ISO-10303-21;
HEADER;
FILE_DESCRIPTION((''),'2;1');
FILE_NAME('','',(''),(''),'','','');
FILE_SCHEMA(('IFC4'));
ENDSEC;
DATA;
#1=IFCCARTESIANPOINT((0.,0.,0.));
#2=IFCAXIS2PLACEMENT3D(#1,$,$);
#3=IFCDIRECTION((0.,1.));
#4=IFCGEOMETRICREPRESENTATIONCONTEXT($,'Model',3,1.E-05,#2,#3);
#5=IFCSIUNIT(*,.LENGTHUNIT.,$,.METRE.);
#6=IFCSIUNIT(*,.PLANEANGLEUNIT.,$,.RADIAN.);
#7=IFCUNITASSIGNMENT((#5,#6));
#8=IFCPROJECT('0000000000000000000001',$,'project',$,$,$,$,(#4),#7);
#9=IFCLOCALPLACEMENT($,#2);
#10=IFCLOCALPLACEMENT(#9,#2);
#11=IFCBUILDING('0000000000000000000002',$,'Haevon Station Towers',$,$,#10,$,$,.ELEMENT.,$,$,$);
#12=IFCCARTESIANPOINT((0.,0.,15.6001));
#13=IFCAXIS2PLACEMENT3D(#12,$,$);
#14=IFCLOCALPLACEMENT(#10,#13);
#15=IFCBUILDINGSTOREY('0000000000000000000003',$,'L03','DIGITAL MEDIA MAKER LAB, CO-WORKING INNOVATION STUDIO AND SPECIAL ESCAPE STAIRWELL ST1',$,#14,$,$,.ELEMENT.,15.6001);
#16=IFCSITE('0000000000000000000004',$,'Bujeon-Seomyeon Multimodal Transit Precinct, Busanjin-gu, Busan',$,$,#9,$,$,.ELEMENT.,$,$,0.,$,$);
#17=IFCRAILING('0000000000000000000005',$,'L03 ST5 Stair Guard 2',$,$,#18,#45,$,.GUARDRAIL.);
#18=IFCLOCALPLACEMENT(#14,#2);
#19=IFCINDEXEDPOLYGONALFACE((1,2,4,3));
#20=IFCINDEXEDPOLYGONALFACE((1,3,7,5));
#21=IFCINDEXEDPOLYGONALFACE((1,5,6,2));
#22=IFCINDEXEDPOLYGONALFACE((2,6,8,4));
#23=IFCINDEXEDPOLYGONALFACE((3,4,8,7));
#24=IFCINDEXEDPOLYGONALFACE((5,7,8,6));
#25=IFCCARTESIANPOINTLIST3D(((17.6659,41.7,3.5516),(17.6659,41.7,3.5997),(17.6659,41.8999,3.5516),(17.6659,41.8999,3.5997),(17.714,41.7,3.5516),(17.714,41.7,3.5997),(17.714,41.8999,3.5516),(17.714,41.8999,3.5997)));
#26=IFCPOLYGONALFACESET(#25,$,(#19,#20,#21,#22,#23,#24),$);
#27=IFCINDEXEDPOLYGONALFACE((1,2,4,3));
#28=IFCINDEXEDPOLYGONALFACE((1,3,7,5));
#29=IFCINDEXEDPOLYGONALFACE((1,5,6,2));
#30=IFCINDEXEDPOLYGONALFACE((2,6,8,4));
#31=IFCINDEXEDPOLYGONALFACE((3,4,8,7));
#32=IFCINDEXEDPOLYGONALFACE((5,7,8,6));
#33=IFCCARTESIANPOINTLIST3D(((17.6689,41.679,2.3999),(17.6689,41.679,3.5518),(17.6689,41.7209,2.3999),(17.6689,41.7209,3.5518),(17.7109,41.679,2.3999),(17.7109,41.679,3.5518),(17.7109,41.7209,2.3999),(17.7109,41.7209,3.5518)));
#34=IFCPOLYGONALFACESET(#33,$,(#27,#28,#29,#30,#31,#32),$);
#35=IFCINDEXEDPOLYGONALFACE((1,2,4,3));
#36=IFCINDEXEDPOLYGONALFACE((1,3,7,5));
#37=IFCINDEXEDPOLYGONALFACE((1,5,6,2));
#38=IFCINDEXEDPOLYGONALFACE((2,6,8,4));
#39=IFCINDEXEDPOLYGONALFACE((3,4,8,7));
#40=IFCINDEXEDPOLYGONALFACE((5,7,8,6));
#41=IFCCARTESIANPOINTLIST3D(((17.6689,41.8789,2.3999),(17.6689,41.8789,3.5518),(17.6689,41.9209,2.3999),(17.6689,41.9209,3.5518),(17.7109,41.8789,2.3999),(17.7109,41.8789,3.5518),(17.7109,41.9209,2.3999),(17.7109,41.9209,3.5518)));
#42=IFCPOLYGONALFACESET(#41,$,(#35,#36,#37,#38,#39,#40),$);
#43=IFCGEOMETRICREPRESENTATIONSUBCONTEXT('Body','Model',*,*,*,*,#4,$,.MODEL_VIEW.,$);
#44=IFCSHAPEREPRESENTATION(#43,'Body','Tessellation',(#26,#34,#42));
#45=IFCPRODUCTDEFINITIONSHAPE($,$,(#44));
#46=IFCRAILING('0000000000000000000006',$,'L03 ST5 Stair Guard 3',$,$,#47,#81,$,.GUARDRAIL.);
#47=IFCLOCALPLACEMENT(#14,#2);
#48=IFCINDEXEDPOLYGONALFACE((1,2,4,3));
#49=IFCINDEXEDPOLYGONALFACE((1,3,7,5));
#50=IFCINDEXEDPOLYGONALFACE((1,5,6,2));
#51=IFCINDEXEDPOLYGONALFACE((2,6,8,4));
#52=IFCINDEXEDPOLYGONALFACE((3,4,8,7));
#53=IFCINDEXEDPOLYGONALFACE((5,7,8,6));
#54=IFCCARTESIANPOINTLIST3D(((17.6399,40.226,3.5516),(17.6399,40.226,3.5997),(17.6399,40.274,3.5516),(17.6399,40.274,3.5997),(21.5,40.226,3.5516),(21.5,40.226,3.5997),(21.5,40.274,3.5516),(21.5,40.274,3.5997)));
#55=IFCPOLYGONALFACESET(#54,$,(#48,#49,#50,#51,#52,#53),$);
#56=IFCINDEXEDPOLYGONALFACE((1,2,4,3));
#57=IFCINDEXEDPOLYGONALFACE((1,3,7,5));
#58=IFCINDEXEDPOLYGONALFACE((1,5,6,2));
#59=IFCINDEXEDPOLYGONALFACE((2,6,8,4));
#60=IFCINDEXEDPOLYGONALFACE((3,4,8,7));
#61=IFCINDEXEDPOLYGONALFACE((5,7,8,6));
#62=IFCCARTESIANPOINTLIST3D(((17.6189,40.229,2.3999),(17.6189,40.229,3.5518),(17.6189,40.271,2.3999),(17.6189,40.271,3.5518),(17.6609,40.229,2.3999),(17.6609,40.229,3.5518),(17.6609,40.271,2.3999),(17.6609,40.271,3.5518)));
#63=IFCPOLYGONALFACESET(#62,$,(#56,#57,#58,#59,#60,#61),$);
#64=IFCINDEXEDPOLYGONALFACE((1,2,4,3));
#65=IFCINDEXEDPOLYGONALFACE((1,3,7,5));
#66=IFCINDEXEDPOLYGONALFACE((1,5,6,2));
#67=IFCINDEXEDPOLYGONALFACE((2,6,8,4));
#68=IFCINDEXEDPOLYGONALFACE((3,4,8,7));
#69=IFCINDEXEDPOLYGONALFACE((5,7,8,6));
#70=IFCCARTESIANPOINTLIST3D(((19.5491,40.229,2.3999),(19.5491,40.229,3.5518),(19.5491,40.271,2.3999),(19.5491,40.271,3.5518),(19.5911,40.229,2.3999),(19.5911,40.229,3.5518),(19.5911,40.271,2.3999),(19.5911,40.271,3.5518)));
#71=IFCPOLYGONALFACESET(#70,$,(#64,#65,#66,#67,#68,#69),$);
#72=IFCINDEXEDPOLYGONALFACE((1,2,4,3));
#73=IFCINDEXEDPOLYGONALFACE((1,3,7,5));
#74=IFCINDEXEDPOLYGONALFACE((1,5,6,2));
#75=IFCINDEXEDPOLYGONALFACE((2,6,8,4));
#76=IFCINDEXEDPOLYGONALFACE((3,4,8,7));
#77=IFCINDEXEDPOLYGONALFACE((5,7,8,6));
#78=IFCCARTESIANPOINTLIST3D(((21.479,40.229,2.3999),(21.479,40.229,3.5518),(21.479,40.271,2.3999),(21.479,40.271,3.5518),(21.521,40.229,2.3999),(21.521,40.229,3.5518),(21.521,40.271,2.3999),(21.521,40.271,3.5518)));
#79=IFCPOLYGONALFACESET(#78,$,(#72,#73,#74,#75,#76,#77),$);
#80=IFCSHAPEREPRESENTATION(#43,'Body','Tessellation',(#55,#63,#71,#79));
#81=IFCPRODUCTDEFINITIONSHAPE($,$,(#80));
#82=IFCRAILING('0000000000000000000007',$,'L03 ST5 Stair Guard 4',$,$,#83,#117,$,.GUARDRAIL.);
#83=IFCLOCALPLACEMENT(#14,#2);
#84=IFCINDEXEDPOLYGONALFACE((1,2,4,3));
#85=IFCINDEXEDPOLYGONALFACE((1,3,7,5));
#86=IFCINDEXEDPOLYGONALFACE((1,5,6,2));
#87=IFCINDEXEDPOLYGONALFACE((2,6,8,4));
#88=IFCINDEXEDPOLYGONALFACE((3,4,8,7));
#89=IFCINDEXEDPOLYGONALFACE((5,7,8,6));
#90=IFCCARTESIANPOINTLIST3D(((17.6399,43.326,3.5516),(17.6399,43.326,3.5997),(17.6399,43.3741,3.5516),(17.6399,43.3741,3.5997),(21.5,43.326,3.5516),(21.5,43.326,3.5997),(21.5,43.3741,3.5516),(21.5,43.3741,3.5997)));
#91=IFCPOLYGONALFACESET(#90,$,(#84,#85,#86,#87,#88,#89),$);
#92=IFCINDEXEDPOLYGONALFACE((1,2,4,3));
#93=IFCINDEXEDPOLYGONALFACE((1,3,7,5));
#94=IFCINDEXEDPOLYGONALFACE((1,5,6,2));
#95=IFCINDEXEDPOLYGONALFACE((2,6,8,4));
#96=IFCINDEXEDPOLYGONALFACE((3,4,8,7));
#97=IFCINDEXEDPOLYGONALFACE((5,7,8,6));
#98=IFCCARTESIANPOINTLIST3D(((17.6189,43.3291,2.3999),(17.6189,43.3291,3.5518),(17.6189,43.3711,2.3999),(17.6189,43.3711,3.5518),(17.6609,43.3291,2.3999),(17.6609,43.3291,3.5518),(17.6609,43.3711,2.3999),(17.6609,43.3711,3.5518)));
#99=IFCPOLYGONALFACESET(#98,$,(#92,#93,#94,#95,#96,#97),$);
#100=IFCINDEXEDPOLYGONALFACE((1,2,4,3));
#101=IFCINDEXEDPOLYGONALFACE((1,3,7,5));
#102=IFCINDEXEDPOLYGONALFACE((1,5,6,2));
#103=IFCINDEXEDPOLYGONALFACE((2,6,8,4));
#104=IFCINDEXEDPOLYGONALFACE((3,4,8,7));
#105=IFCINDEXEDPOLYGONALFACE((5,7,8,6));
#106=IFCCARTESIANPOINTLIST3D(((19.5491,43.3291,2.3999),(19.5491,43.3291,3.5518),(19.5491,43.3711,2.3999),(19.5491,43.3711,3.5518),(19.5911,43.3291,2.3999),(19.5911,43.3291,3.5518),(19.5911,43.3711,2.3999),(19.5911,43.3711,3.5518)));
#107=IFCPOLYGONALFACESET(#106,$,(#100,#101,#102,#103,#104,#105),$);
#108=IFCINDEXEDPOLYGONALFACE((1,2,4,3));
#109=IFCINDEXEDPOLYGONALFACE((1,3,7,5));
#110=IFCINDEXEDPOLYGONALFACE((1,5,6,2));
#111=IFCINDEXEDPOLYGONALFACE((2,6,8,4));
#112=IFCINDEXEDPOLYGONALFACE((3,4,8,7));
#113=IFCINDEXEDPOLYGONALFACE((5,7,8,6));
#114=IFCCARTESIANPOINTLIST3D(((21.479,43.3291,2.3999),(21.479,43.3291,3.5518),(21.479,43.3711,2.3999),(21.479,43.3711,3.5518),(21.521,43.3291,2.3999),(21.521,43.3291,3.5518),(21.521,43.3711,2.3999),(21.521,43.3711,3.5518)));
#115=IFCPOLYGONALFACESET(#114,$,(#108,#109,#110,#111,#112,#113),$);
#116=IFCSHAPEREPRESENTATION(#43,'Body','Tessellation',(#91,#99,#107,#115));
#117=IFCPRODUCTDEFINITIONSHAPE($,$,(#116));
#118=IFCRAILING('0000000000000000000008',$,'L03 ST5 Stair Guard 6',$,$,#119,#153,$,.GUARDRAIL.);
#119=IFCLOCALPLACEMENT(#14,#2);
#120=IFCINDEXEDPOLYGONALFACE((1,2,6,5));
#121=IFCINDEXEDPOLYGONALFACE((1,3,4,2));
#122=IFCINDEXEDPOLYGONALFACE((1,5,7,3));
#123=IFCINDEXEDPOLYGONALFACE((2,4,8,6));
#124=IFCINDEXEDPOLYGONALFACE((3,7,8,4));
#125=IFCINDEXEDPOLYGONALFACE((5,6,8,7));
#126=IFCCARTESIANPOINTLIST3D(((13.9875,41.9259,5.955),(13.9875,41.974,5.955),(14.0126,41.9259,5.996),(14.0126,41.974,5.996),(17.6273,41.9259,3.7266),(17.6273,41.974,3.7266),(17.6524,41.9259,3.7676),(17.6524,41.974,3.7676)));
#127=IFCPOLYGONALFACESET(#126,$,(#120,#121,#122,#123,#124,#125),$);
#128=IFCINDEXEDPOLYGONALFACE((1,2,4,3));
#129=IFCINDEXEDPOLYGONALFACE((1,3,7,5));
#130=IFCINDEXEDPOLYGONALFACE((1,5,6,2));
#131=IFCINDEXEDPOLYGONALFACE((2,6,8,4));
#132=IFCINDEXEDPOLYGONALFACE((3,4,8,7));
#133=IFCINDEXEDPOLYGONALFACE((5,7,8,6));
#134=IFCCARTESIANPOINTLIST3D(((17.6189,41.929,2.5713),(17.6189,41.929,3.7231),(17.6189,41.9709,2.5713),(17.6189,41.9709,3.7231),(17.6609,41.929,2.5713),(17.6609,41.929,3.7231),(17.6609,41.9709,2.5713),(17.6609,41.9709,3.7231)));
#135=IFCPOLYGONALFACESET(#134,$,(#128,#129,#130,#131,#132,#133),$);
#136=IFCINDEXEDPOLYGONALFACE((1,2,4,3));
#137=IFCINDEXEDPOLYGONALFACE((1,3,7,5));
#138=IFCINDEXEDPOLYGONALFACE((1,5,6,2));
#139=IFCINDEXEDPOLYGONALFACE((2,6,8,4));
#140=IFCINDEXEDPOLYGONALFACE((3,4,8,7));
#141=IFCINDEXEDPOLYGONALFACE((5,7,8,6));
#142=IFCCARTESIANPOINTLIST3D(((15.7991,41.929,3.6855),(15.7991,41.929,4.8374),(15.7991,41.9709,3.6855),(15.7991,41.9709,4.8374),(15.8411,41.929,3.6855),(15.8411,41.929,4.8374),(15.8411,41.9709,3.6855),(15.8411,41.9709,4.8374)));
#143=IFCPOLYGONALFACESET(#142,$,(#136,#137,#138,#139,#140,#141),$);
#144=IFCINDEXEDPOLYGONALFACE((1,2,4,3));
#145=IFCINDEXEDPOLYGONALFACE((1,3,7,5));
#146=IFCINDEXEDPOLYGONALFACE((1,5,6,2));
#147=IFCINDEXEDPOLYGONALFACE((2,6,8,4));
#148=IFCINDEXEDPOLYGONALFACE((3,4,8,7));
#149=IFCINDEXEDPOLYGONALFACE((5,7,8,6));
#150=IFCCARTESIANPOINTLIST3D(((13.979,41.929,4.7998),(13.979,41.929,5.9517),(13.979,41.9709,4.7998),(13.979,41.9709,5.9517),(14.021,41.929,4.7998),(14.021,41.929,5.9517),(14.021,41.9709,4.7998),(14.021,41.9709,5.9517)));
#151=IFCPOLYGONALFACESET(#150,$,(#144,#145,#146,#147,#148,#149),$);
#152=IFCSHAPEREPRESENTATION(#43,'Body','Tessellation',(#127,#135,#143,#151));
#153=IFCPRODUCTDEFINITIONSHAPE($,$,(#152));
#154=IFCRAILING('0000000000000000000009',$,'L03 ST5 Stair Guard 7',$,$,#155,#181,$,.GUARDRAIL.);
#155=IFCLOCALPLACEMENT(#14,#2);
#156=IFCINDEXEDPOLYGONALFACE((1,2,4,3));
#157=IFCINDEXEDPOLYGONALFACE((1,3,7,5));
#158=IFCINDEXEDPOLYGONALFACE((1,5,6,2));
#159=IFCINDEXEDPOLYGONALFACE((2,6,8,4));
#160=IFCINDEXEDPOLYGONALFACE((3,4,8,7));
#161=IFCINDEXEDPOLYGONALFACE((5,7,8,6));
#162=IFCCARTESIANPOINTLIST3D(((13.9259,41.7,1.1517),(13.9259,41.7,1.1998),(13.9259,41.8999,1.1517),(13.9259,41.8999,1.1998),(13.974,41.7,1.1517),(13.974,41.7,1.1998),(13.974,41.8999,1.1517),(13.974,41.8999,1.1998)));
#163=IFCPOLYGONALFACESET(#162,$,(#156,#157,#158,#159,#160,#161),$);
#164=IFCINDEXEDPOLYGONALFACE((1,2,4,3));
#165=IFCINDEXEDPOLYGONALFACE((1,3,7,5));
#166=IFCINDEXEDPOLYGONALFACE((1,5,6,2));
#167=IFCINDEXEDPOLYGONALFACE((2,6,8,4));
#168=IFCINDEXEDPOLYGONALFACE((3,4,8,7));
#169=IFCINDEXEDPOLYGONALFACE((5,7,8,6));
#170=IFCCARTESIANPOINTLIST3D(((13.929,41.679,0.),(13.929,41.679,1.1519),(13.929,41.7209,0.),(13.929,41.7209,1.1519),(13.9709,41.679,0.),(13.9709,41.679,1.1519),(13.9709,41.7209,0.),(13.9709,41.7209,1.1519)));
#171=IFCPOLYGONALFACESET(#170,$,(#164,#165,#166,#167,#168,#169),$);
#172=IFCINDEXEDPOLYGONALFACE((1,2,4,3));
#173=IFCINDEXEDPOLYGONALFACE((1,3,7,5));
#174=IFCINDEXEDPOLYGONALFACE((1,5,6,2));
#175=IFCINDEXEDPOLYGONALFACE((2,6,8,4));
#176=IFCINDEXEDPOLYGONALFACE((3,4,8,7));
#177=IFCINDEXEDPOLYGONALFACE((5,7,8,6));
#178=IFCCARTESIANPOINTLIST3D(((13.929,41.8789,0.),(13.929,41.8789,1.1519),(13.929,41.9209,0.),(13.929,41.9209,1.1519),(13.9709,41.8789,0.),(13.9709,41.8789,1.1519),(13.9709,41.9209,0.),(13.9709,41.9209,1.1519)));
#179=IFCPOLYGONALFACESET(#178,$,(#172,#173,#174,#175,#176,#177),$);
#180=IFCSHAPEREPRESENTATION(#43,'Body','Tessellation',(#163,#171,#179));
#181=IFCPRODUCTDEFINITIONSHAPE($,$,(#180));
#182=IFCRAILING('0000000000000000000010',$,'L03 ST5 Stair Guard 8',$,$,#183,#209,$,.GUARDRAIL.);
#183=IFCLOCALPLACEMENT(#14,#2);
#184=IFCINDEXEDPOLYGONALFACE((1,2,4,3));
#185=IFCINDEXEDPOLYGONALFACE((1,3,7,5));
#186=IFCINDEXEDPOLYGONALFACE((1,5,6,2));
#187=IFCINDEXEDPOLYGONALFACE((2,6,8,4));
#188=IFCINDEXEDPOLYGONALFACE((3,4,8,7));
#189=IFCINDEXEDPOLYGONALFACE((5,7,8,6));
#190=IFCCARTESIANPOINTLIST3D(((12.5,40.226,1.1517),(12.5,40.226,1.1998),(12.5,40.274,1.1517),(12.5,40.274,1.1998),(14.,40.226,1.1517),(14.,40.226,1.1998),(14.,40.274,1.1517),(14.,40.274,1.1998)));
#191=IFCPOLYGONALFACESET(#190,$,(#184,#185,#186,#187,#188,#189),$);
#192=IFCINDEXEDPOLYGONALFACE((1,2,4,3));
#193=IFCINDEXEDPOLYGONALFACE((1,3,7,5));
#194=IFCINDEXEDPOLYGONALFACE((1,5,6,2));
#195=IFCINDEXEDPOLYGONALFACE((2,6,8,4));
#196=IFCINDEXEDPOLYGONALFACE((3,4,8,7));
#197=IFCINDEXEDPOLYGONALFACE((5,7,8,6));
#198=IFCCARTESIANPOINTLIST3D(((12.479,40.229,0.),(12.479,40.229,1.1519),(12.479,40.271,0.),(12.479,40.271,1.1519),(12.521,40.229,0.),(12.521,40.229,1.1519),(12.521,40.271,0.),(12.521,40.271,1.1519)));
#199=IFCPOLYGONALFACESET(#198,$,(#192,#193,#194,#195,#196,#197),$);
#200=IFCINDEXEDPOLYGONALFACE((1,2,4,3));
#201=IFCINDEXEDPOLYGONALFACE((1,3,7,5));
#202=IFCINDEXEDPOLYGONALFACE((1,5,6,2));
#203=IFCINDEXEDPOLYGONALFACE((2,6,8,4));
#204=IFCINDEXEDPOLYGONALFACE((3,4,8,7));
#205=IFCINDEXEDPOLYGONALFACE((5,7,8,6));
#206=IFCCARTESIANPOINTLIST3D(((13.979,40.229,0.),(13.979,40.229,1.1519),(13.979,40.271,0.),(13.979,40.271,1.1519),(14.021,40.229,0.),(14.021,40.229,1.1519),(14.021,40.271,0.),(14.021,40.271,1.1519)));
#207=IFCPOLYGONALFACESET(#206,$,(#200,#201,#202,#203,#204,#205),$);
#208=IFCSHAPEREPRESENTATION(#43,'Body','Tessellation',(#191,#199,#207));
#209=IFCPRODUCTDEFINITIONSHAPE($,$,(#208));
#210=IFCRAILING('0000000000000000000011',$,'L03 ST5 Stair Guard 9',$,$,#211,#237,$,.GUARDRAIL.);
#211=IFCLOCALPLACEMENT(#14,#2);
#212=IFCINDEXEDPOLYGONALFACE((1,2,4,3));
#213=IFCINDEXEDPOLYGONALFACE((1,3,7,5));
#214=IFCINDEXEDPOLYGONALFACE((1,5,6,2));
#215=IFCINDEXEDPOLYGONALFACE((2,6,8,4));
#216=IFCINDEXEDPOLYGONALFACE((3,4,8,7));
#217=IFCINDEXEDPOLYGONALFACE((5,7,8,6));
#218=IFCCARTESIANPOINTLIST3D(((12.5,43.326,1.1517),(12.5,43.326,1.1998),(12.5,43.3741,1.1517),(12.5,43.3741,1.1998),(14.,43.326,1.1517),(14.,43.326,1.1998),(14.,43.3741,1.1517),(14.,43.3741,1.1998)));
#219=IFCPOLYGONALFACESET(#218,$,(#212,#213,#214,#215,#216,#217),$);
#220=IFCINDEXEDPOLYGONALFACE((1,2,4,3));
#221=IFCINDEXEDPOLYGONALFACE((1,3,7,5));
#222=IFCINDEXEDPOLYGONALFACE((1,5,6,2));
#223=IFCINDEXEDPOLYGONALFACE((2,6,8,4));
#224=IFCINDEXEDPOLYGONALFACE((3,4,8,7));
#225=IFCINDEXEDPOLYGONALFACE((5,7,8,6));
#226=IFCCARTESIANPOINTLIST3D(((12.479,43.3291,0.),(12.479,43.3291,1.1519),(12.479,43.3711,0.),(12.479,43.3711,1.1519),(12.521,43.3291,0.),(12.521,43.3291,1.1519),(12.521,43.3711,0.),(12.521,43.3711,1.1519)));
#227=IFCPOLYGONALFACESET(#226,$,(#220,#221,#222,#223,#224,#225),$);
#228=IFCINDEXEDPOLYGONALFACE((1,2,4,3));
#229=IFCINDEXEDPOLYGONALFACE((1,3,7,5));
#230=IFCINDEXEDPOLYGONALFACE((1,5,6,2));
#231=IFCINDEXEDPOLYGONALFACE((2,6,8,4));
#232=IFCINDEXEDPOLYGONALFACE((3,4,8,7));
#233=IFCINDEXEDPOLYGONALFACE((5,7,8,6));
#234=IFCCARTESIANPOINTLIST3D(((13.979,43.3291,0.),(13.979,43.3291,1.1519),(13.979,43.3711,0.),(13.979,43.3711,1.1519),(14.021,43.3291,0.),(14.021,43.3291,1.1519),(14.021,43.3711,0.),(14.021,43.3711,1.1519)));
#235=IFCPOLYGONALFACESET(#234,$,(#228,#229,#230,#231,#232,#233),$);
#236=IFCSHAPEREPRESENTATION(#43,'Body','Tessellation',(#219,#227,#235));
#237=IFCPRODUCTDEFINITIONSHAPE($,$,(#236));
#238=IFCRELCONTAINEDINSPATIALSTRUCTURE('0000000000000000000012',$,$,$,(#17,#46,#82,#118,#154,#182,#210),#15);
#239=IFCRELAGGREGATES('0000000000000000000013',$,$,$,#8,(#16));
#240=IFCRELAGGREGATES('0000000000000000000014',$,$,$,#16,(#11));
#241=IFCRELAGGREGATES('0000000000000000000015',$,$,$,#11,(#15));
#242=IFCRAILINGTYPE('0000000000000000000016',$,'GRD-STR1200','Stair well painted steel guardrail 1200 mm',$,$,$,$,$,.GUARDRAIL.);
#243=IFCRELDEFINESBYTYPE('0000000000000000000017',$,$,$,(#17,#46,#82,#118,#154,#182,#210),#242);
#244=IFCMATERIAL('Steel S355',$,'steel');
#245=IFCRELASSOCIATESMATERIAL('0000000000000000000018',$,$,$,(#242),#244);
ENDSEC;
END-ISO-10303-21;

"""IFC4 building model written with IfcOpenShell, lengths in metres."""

from ifc_helpers import new_model, si_unit, direction, frame, origin, origin_2d, place, context, subcontext, project, spatial, rectangle, extrude, material, type_object, element, save


model = new_model("IFC4")

# Units and contexts
model_context = context("Model", 3, precision=1e-05, world=origin(), true_north=direction((0.0, 1.0)))
body_context = subcontext(model_context, "Body", "Model", "MODEL_VIEW")
ifc_project = project(units=[si_unit("LENGTHUNIT", "METRE"), si_unit("PLANEANGLEUNIT", "RADIAN")], contexts=[model_context])

# Site, building, storey
site_placement = place(None, origin())
site = spatial("IfcSite", under=ifc_project, at=site_placement, Name="Bujeon-Seomyeon Multimodal Transit Precinct, Busanjin-gu, Busan", CompositionType="ELEMENT", RefElevation=0.0)
building_placement = place(site_placement, origin())
building = spatial("IfcBuilding", under=site, at=building_placement, Name="Haevon Station Towers", CompositionType="ELEMENT")
storey_placement = place(building_placement, frame((0.0, 0.0, 15.6001)))
storey = spatial("IfcBuildingStorey", under=building, at=storey_placement, Name="L03", Description="DIGITAL MEDIA MAKER LAB, CO-WORKING INNOVATION STUDIO AND SPECIAL ESCAPE STAIRWELL ST1", CompositionType="ELEMENT", Elevation=15.6001)

# Shared definitions
ifc_material_1 = material(Name="Steel S355", Category="steel")

# Railings
railing_type_1 = type_object("IfcRailingType", Name="GRD-STR1200", Description="Stair well painted steel guardrail 1200 mm", PredefinedType="GUARDRAIL", material=ifc_material_1)
railing_1_placement = place(storey_placement, frame((17.6899, 41.7, 2.3999)))
element("IfcRailing", 1, at=railing_1_placement, inside=storey, type_object=railing_type_1, Name="L03 ST5 Stair Guard 2", PredefinedType="GUARDRAIL", context=body_context, shape_type="SweptSolid", body=[
    extrude(rectangle(XDim=0.0481, YDim=0.0481, at=origin_2d()), frame((0.0, 0.0, 1.1758), z_axis=(0.0, 1.0, 0.0), x_axis=(-1.0, 0.0, 0.0)), (0.0, 0.0, 1.0), 0.2),
    extrude(rectangle(XDim=0.042, YDim=0.042, at=origin_2d()), origin(), (0.0, 0.0, 1.0), 1.1519),
    extrude(rectangle(XDim=0.042, YDim=0.042, at=origin_2d()), frame((0.0, 0.2, 0.0)), (0.0, 0.0, 1.0), 1.1519),
])
for number, where, name in (
    (2, (17.6399, 40.25, 2.3999), "L03 ST5 Stair Guard 3"),
    (3, (17.6399, 43.3501, 2.3999), "L03 ST5 Stair Guard 4"),
):
    element("IfcRailing", number, at=place(storey_placement, frame(where)), inside=storey, type_object=railing_type_1, Name=name, PredefinedType="GUARDRAIL", context=body_context, shape_type="SweptSolid", body=[
        extrude(rectangle(XDim=0.0481, YDim=0.0481, at=origin_2d()), frame((0.0, 0.0, 1.1758), z_axis=(1.0, 0.0, 0.0), x_axis=(0.0, 1.0, 0.0)), (0.0, 0.0, 1.0), 3.8601),
        extrude(rectangle(XDim=0.042, YDim=0.042, at=origin_2d()), origin(), (0.0, 0.0, 1.0), 1.1519),
        extrude(rectangle(XDim=0.042, YDim=0.042, at=origin_2d()), frame((1.9302, 0.0, 0.0)), (0.0, 0.0, 1.0), 1.1519),
        extrude(rectangle(XDim=0.042, YDim=0.042, at=origin_2d()), frame((3.8601, 0.0, 0.0)), (0.0, 0.0, 1.0), 1.1519),
    ])
railing_2_placement = place(storey_placement, frame((17.6399, 41.95, 2.5713)))
element("IfcRailing", 4, at=railing_2_placement, inside=storey, type_object=railing_type_1, Name="L03 ST5 Stair Guard 6", PredefinedType="GUARDRAIL", context=body_context, shape_type="SweptSolid", body=[
    extrude(rectangle(XDim=0.0481, YDim=0.0481, at=origin_2d()), frame((0.0, 0.0, 1.1758), z_axis=(-0.85285, 0.0, 0.522156), x_axis=(0.0, -1.0, 0.0)), (0.0, 0.0, 1.0), 4.2678),
    extrude(rectangle(XDim=0.042, YDim=0.042, at=origin_2d()), origin(), (0.0, 0.0, 1.0), 1.1519),
    extrude(rectangle(XDim=0.042, YDim=0.042, at=origin_2d()), frame((-1.8198, 0.0, 1.1143)), (0.0, 0.0, 1.0), 1.1519),
    extrude(rectangle(XDim=0.042, YDim=0.042, at=origin_2d()), frame((-3.6399, 0.0, 2.2285)), (0.0, 0.0, 1.0), 1.1519),
])
railing_3_placement = place(storey_placement, frame((13.95, 41.7, 0.0)))
element("IfcRailing", 5, at=railing_3_placement, inside=storey, type_object=railing_type_1, Name="L03 ST5 Stair Guard 7", PredefinedType="GUARDRAIL", context=body_context, shape_type="SweptSolid", body=[
    extrude(rectangle(XDim=0.0481, YDim=0.0481, at=origin_2d()), frame((0.0, 0.0, 1.1758), z_axis=(0.0, 1.0, 0.0), x_axis=(-1.0, 0.0, 0.0)), (0.0, 0.0, 1.0), 0.2),
    extrude(rectangle(XDim=0.042, YDim=0.042, at=origin_2d()), origin(), (0.0, 0.0, 1.0), 1.1519),
    extrude(rectangle(XDim=0.042, YDim=0.042, at=origin_2d()), frame((0.0, 0.2, 0.0)), (0.0, 0.0, 1.0), 1.1519),
])
for number, where, name in (
    (6, (12.5, 40.25, 0.0), "L03 ST5 Stair Guard 8"),
    (7, (12.5, 43.3501, 0.0), "L03 ST5 Stair Guard 9"),
):
    element("IfcRailing", number, at=place(storey_placement, frame(where)), inside=storey, type_object=railing_type_1, Name=name, PredefinedType="GUARDRAIL", context=body_context, shape_type="SweptSolid", body=[
        extrude(rectangle(XDim=0.0481, YDim=0.0481, at=origin_2d()), frame((0.0, 0.0, 1.1758), z_axis=(1.0, 0.0, 0.0), x_axis=(0.0, 1.0, 0.0)), (0.0, 0.0, 1.0), 1.5),
        extrude(rectangle(XDim=0.042, YDim=0.042, at=origin_2d()), origin(), (0.0, 0.0, 1.0), 1.1519),
        extrude(rectangle(XDim=0.042, YDim=0.042, at=origin_2d()), frame((1.5, 0.0, 0.0)), (0.0, 0.0, 1.0), 1.1519),
    ])

save(model, "model.ifc")
